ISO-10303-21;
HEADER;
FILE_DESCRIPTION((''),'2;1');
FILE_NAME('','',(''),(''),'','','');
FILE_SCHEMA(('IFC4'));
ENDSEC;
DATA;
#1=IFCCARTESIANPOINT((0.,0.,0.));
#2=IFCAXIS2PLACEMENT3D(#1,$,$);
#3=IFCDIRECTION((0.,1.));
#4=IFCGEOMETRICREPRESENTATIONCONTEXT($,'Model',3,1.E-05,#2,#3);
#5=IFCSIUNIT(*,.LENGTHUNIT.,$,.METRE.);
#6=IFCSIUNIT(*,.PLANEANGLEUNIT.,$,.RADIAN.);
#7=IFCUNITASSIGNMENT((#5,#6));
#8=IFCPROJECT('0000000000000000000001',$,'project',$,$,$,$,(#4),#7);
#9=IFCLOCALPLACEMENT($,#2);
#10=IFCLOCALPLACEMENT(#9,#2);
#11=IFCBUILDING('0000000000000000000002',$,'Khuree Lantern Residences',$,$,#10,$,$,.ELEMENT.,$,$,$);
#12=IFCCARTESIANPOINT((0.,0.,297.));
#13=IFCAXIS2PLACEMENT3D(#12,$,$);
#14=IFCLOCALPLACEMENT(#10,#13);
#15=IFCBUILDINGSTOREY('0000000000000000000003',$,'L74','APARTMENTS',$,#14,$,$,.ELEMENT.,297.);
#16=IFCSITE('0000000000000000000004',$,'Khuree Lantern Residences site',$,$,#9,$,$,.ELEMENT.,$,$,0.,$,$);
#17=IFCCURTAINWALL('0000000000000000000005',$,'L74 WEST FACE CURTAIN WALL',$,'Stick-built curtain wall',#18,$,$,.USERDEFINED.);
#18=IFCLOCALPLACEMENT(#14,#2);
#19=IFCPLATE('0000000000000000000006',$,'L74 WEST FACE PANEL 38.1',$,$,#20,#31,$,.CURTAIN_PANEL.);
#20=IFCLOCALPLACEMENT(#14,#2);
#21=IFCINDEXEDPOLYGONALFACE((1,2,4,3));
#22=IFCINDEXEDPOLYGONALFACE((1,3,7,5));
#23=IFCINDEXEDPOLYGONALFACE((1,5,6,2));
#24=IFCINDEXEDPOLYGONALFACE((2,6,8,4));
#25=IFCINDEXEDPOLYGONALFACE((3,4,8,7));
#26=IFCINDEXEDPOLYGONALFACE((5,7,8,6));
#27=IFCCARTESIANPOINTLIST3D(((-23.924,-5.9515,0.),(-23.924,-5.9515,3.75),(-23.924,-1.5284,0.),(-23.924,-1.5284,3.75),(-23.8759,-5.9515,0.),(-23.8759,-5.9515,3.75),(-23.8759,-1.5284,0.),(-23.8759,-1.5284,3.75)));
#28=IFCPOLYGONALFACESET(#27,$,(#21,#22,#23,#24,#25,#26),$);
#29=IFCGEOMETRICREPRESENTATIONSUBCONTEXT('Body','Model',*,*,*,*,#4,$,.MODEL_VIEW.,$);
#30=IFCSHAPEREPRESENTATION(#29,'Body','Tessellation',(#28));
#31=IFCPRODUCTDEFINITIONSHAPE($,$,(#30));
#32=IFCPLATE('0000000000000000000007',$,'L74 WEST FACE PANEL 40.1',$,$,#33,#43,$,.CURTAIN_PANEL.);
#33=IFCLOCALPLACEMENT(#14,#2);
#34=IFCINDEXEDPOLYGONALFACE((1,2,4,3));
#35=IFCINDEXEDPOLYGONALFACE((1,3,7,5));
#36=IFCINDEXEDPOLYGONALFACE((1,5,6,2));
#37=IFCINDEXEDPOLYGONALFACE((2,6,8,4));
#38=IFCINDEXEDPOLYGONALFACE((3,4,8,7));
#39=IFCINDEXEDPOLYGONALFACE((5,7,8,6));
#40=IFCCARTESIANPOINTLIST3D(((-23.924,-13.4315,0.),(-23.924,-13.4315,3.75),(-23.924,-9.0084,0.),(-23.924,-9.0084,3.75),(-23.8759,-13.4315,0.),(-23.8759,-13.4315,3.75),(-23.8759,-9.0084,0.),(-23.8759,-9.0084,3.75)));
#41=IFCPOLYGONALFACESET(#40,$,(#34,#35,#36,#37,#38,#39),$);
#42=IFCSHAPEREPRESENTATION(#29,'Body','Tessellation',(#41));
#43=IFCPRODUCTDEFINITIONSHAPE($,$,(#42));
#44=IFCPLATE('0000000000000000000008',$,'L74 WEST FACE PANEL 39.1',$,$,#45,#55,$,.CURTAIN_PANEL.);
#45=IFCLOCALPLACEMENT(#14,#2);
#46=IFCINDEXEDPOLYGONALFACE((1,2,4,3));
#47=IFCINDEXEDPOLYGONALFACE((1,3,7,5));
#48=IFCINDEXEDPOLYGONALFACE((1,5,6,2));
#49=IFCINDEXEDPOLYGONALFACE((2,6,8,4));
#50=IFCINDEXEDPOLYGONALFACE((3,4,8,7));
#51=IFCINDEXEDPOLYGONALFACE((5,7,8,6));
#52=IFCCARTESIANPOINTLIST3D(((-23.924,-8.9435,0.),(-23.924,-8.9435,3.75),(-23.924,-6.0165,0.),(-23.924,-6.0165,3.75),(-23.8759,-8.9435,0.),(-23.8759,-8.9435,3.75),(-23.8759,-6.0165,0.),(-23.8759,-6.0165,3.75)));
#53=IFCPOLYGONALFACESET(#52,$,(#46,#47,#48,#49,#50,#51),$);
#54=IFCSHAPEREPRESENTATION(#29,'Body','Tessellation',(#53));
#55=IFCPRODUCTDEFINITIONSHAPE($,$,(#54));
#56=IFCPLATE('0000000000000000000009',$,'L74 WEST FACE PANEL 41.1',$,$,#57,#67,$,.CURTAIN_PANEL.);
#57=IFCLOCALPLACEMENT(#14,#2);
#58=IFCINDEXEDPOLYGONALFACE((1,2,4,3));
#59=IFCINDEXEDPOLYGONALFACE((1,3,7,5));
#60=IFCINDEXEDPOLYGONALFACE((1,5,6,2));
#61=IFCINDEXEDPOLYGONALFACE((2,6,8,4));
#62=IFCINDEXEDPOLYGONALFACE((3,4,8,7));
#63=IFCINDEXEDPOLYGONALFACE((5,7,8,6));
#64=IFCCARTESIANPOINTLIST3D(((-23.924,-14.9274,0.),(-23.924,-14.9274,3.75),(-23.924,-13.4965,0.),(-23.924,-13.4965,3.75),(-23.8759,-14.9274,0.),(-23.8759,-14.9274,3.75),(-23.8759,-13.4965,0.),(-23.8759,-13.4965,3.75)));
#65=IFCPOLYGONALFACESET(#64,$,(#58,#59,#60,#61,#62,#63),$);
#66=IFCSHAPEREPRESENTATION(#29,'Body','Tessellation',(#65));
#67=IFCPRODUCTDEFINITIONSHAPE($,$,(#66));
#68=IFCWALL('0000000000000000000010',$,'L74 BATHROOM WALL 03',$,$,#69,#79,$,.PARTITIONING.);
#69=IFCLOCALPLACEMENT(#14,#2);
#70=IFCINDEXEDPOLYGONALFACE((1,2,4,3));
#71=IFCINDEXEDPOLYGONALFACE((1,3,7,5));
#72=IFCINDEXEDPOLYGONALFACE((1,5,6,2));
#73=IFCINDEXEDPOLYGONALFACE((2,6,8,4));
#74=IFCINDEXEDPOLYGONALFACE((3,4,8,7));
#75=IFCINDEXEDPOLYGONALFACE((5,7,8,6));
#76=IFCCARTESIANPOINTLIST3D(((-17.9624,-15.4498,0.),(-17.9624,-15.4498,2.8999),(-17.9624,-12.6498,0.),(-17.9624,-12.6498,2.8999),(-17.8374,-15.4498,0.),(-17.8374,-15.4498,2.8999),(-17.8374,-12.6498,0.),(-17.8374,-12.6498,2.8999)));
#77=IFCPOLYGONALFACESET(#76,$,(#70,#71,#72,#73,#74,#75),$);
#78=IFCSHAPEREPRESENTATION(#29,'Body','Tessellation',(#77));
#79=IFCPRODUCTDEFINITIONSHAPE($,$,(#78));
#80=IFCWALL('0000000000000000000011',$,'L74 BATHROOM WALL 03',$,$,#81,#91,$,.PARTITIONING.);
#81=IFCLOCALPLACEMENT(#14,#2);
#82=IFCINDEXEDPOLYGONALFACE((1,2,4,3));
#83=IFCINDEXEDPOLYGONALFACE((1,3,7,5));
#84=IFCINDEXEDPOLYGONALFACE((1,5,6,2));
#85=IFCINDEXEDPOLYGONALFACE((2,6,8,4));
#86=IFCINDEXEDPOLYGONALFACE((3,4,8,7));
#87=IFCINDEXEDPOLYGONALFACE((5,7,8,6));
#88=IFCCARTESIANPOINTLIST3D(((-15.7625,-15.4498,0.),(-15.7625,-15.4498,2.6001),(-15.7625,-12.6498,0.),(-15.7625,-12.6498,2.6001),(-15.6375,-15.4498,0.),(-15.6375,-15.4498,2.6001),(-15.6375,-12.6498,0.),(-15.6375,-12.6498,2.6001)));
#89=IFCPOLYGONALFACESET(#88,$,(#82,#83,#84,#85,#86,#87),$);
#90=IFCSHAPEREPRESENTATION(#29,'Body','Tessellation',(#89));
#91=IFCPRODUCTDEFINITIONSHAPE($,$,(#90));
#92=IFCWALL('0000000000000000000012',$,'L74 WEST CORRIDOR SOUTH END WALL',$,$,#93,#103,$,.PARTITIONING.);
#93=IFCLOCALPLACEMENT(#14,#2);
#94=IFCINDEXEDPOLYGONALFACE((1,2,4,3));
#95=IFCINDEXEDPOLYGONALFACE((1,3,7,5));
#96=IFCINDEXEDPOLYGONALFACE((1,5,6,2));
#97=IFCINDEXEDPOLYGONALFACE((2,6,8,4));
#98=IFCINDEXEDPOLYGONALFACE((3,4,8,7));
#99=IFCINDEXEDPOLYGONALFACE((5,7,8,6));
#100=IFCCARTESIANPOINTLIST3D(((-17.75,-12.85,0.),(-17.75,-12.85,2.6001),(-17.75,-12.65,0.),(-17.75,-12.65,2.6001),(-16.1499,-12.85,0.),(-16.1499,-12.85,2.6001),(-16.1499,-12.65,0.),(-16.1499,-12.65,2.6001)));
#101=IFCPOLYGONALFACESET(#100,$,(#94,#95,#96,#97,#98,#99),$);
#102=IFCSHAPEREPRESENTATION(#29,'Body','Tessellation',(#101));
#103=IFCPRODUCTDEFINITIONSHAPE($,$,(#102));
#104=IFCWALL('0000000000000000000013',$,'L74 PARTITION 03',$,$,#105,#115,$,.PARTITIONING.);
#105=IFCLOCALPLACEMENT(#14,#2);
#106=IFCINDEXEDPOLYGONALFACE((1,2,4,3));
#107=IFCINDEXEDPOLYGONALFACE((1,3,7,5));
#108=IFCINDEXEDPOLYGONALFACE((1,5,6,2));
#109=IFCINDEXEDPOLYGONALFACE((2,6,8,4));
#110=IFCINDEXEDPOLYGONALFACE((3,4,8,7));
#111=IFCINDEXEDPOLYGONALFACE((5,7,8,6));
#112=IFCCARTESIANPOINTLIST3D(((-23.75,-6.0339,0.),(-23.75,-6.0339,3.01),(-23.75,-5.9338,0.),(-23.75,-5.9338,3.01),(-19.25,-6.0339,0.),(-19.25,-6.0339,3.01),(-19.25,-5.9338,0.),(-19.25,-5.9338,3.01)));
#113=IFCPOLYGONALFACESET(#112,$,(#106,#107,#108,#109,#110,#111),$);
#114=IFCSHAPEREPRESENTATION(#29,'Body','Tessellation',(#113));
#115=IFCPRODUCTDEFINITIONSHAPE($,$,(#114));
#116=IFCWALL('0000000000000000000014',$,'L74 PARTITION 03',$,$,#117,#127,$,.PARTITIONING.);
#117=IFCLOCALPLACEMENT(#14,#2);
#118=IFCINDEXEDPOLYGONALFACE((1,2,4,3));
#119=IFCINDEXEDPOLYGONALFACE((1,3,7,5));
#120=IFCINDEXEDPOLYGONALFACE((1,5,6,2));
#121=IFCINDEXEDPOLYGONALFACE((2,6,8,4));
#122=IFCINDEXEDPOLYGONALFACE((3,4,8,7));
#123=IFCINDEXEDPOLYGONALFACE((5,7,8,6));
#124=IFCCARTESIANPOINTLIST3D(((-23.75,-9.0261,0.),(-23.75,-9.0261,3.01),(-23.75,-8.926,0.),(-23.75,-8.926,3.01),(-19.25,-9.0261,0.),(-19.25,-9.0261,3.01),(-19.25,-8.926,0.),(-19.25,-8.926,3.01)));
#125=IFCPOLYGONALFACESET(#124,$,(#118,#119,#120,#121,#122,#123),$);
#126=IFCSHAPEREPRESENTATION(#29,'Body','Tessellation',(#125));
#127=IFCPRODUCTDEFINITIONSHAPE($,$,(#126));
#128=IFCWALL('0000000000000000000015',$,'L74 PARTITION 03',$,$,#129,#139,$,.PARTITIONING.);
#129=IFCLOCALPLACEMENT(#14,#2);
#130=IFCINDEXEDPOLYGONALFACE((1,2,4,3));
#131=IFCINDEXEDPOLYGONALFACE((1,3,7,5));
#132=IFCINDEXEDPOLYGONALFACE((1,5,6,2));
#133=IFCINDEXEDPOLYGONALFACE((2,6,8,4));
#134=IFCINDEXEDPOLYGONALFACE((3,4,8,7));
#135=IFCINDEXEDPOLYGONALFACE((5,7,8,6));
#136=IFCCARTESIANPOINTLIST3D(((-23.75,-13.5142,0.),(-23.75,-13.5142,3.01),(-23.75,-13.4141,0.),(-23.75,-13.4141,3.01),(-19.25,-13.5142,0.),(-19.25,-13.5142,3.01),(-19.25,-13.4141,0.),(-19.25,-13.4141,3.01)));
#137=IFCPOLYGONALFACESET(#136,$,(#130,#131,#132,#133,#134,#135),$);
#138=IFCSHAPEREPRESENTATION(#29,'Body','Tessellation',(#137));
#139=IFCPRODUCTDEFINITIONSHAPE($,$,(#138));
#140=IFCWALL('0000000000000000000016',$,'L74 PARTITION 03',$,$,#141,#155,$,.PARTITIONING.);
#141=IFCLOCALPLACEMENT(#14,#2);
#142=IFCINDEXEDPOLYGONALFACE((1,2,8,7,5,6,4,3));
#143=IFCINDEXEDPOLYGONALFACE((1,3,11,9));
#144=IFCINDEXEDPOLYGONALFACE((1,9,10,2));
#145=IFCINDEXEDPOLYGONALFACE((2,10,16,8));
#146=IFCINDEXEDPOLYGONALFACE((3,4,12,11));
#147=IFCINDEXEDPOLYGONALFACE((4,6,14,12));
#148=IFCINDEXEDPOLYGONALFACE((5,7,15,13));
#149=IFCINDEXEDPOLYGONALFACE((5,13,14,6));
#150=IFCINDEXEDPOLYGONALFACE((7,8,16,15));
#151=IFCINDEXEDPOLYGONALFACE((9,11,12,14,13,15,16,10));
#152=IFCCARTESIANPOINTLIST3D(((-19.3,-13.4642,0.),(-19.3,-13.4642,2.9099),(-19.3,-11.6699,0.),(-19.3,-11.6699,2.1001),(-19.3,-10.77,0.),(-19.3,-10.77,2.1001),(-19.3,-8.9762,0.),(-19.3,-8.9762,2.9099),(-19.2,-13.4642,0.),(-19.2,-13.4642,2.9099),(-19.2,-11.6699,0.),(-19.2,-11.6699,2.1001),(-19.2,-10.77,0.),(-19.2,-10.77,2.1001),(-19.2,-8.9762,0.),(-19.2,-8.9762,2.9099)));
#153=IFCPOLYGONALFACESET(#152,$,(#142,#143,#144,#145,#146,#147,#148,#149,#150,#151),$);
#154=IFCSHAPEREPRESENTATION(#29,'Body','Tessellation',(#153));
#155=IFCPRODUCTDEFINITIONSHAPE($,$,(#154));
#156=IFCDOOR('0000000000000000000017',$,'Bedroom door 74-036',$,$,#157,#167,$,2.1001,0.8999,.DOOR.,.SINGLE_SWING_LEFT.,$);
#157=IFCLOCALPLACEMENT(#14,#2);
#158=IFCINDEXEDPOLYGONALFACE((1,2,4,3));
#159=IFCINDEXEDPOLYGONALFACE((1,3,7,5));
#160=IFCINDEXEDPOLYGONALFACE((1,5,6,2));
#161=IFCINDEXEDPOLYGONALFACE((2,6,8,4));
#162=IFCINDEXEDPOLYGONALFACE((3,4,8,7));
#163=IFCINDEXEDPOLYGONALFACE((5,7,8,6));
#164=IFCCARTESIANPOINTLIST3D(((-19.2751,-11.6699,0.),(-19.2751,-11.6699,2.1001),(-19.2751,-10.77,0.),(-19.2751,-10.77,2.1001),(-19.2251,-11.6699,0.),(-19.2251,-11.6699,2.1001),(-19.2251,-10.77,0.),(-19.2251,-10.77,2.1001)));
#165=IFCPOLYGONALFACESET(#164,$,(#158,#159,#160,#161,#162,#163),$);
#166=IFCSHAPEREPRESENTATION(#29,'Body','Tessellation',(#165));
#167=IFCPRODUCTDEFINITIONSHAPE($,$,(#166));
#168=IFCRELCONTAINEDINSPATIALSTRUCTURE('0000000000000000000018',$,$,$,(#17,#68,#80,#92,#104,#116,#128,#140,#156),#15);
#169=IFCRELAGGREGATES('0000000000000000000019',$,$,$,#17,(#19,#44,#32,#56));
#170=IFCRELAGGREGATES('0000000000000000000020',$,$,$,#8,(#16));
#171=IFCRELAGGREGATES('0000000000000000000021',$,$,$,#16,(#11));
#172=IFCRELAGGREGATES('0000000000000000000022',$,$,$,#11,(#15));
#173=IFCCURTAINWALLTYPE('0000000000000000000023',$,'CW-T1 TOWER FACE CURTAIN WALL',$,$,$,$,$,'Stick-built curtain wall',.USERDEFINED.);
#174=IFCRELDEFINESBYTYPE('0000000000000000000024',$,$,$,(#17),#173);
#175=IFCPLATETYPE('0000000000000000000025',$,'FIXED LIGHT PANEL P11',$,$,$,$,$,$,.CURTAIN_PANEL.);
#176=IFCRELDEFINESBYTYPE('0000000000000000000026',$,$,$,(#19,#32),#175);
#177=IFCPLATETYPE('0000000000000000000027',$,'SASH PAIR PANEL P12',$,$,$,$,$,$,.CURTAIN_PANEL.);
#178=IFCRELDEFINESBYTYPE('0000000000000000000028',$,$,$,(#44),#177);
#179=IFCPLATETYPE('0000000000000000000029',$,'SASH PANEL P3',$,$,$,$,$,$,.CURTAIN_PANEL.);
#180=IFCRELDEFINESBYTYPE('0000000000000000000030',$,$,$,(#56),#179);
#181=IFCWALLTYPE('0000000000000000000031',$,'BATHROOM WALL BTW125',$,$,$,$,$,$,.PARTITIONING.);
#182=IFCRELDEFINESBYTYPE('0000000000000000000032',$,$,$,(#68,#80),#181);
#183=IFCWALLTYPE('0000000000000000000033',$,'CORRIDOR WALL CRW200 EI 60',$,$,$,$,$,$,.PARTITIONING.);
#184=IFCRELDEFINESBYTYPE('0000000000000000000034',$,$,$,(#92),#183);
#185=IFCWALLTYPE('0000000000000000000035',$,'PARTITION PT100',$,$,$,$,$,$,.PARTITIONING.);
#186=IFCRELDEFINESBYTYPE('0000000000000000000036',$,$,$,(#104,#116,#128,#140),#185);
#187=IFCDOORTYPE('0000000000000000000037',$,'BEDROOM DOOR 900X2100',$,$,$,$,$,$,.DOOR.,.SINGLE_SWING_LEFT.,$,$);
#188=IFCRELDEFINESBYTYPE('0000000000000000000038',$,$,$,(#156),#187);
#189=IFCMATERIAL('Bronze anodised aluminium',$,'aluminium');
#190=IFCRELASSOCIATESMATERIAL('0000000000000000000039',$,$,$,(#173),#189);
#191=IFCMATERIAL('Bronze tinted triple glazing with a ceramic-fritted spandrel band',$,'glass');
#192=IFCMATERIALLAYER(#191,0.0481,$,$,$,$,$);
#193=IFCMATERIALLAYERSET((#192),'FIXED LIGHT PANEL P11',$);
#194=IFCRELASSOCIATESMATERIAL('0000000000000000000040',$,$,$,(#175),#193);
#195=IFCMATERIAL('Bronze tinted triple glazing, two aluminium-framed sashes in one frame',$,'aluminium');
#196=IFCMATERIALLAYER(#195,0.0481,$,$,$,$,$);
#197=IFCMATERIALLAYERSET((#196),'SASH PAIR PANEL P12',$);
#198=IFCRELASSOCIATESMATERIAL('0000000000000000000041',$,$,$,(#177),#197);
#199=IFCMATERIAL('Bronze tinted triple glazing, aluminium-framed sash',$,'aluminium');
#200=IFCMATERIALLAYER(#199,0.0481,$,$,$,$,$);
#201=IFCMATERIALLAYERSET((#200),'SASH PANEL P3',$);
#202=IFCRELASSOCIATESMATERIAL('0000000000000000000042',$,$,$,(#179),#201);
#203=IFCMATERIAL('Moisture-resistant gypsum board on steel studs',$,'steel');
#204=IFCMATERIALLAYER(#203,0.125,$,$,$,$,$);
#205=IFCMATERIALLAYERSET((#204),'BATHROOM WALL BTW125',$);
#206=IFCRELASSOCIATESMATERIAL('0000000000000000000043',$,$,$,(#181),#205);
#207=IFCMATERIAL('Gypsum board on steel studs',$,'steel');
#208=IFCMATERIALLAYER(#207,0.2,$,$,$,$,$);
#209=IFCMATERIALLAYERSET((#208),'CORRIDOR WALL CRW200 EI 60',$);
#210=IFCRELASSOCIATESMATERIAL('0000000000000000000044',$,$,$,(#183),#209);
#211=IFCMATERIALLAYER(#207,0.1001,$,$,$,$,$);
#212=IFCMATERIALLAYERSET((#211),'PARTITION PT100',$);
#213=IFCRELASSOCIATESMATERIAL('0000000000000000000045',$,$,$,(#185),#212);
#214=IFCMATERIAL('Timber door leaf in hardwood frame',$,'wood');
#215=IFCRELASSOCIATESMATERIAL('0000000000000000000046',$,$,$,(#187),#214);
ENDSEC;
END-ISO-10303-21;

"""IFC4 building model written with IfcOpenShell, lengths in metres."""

from ifc_helpers import new_model, si_unit, direction, frame, frame_2d, origin, origin_2d, place, context, subcontext, project, spatial, rectangle, extrude, material, layer, layer_set, type_object, element, fill, aggregate, save


model = new_model("IFC4")

# Units and contexts
model_context = context("Model", 3, precision=1e-05, world=origin(), true_north=direction((0.0, 1.0)))
body_context = subcontext(model_context, "Body", "Model", "MODEL_VIEW")
ifc_project = project(units=[si_unit("LENGTHUNIT", "METRE"), si_unit("PLANEANGLEUNIT", "RADIAN")], contexts=[model_context])

# Site, building, storey
site_placement = place(None, origin())
site = spatial("IfcSite", under=ifc_project, at=site_placement, Name="Khuree Lantern Residences site", CompositionType="ELEMENT", RefElevation=0.0)
building_placement = place(site_placement, origin())
building = spatial("IfcBuilding", under=site, at=building_placement, Name="Khuree Lantern Residences", CompositionType="ELEMENT")
storey_placement = place(building_placement, frame((0.0, 0.0, 297.0)))
storey = spatial("IfcBuildingStorey", under=building, at=storey_placement, Name="L74", Description="APARTMENTS", CompositionType="ELEMENT", Elevation=297.0)

# Curtain wall
ifc_material_1 = material(Name="Bronze anodised aluminium", Category="aluminium")
curtain_wall_type = type_object("IfcCurtainWallType", Name="CW-T1 TOWER FACE CURTAIN WALL", ElementType="Stick-built curtain wall", PredefinedType="USERDEFINED", material=ifc_material_1)
curtain_wall_placement = place(storey_placement, origin())
curtain_wall = element("IfcCurtainWall", 1, at=curtain_wall_placement, inside=storey, type_object=curtain_wall_type, Name="L74 WEST FACE CURTAIN WALL", ObjectType="Stick-built curtain wall", PredefinedType="USERDEFINED")

# Plates
ifc_material_2 = material(Name="Bronze tinted triple glazing with a ceramic-fritted spandrel band", Category="glass")
ifc_layer_1 = layer(ifc_material_2, 0.0481)
ifc_layer_set_1 = layer_set([ifc_layer_1], Name="FIXED LIGHT PANEL P11")
plate_type_1 = type_object("IfcPlateType", Name="FIXED LIGHT PANEL P11", PredefinedType="CURTAIN_PANEL", material=ifc_layer_set_1)
plate_1_placement = place(storey_placement, frame((-23.8999, -3.74, 0.0), z_axis=(0.0, 0.0, 1.0), x_axis=(0.0, -1.0, 0.0)))
plate_1 = element("IfcPlate", 2, at=plate_1_placement, type_object=plate_type_1, Name="L74 WEST FACE PANEL 38.1", PredefinedType="CURTAIN_PANEL", context=body_context, shape_type="SweptSolid", body=[
    extrude(rectangle(XDim=4.4231, YDim=0.0481, at=origin_2d()), origin(), (0.0, 0.0, 1.0), 3.75),
])
plate_2_placement = place(storey_placement, frame((-23.8999, -11.22, 0.0), z_axis=(0.0, 0.0, 1.0), x_axis=(0.0, -1.0, 0.0)))
plate_2 = element("IfcPlate", 3, at=plate_2_placement, type_object=plate_type_1, Name="L74 WEST FACE PANEL 40.1", PredefinedType="CURTAIN_PANEL", context=body_context, shape_type="SweptSolid", body=[
    extrude(rectangle(XDim=4.4231, YDim=0.0481, at=origin_2d()), origin(), (0.0, 0.0, 1.0), 3.75),
])
ifc_material_3 = material(Name="Bronze tinted triple glazing, two aluminium-framed sashes in one frame", Category="aluminium")
ifc_layer_2 = layer(ifc_material_3, 0.0481)
ifc_layer_set_2 = layer_set([ifc_layer_2], Name="SASH PAIR PANEL P12")
plate_type_2 = type_object("IfcPlateType", Name="SASH PAIR PANEL P12", PredefinedType="CURTAIN_PANEL", material=ifc_layer_set_2)
plate_3_placement = place(storey_placement, frame((-23.8999, -7.48, 0.0), z_axis=(0.0, 0.0, 1.0), x_axis=(0.0, -1.0, 0.0)))
plate_3 = element("IfcPlate", 4, at=plate_3_placement, type_object=plate_type_2, Name="L74 WEST FACE PANEL 39.1", PredefinedType="CURTAIN_PANEL", context=body_context, shape_type="SweptSolid", body=[
    extrude(rectangle(XDim=2.927, YDim=0.0481, at=origin_2d()), origin(), (0.0, 0.0, 1.0), 3.75),
])
ifc_material_4 = material(Name="Bronze tinted triple glazing, aluminium-framed sash", Category="aluminium")
ifc_layer_3 = layer(ifc_material_4, 0.0481)
ifc_layer_set_3 = layer_set([ifc_layer_3], Name="SASH PANEL P3")
plate_type_3 = type_object("IfcPlateType", Name="SASH PANEL P3", PredefinedType="CURTAIN_PANEL", material=ifc_layer_set_3)
plate_4_placement = place(storey_placement, frame((-23.8999, -14.2119, 0.0), z_axis=(0.0, 0.0, 1.0), x_axis=(0.0, -1.0, 0.0)))
plate_4 = element("IfcPlate", 5, at=plate_4_placement, type_object=plate_type_3, Name="L74 WEST FACE PANEL 41.1", PredefinedType="CURTAIN_PANEL", context=body_context, shape_type="SweptSolid", body=[
    extrude(rectangle(XDim=1.4309, YDim=0.0481, at=origin_2d()), origin(), (0.0, 0.0, 1.0), 3.75),
])
aggregate(curtain_wall, [plate_1, plate_3, plate_2, plate_4])

# Walls
ifc_material_5 = material(Name="Moisture-resistant gypsum board on steel studs", Category="steel")
ifc_layer_4 = layer(ifc_material_5, 0.125)
ifc_layer_set_4 = layer_set([ifc_layer_4], Name="BATHROOM WALL BTW125")
wall_type_1 = type_object("IfcWallType", Name="BATHROOM WALL BTW125", PredefinedType="PARTITIONING", material=ifc_layer_set_4)
wall_1_placement = place(storey_placement, frame((-17.8999, -12.6499, 0.0), z_axis=(0.0, 0.0, 1.0), x_axis=(0.0, -1.0, 0.0)))
element("IfcWall", 6, at=wall_1_placement, inside=storey, type_object=wall_type_1, Name="L74 BATHROOM WALL 03", PredefinedType="PARTITIONING", context=body_context, shape_type="SweptSolid", body=[
    extrude(rectangle(XDim=2.8, YDim=0.125, at=frame_2d((1.3999, 0.0))), origin(), (0.0, 0.0, 1.0), 2.8999),
])
wall_2_placement = place(storey_placement, frame((-15.7, -12.6499, 0.0), z_axis=(0.0, 0.0, 1.0), x_axis=(0.0, -1.0, 0.0)))
element("IfcWall", 7, at=wall_2_placement, inside=storey, type_object=wall_type_1, Name="L74 BATHROOM WALL 03", PredefinedType="PARTITIONING", context=body_context, shape_type="SweptSolid", body=[
    extrude(rectangle(XDim=2.8, YDim=0.125, at=frame_2d((1.3999, 0.0))), origin(), (0.0, 0.0, 1.0), 2.6001),
])
ifc_material_6 = material(Name="Gypsum board on steel studs", Category="steel")
ifc_layer_5 = layer(ifc_material_6, 0.2)
ifc_layer_set_5 = layer_set([ifc_layer_5], Name="CORRIDOR WALL CRW200 EI 60")
wall_type_2 = type_object("IfcWallType", Name="CORRIDOR WALL CRW200 EI 60", PredefinedType="PARTITIONING", material=ifc_layer_set_5)
wall_3_placement = place(storey_placement, frame((-16.1499, -12.75, 0.0), z_axis=(0.0, 0.0, 1.0), x_axis=(-1.0, 0.0, 0.0)))
element("IfcWall", 8, at=wall_3_placement, inside=storey, type_object=wall_type_2, Name="L74 WEST CORRIDOR SOUTH END WALL", PredefinedType="PARTITIONING", context=body_context, shape_type="SweptSolid", body=[
    extrude(rectangle(XDim=1.6001, YDim=0.2, at=frame_2d((0.8, 0.0))), origin(), (0.0, 0.0, 1.0), 2.6001),
])
ifc_layer_6 = layer(ifc_material_6, 0.1001)
ifc_layer_set_6 = layer_set([ifc_layer_6], Name="PARTITION PT100")
wall_type_3 = type_object("IfcWallType", Name="PARTITION PT100", PredefinedType="PARTITIONING", material=ifc_layer_set_6)
for number, where, z_axis, x_axis, name in (
    (9, (-19.25, -5.9839, 0.0), (0.0, 0.0, 1.0), (-1.0, 0.0, 0.0), "L74 PARTITION 03"),
    (10, (-19.25, -8.9761, 0.0), (0.0, 0.0, 1.0), (-1.0, 0.0, 0.0), "L74 PARTITION 03"),
    (11, (-19.25, -13.4641, 0.0), (0.0, 0.0, 1.0), (-1.0, 0.0, 0.0), "L74 PARTITION 03"),
):
    element("IfcWall", number, at=place(storey_placement, frame(where, z_axis=z_axis, x_axis=x_axis)), inside=storey, type_object=wall_type_3, Name=name, PredefinedType="PARTITIONING", context=body_context, shape_type="SweptSolid", body=[
        extrude(rectangle(XDim=4.5, YDim=0.1001, at=frame_2d((2.25, 0.0))), origin(), (0.0, 0.0, 1.0), 3.01),
    ])

# Wall, opening, door
wall_4_placement = place(storey_placement, frame((-19.25, -8.9761, 0.0), z_axis=(0.0, 0.0, 1.0), x_axis=(0.0, -1.0, 0.0)))
wall_4 = element("IfcWall", 12, at=wall_4_placement, inside=storey, type_object=wall_type_3, Name="L74 PARTITION 03", PredefinedType="PARTITIONING", context=body_context, shape_type="SweptSolid", body=[
    extrude(rectangle(XDim=4.488, YDim=0.1001, at=frame_2d((2.2441, 0.0))), origin(), (0.0, 0.0, 1.0), 2.9099),
])
opening_placement = place(wall_4_placement, frame((1.7939, 0.0, 0.0)))
opening = element("IfcOpeningElement", 13, at=opening_placement, cuts=wall_4, PredefinedType="OPENING", context=body_context, shape_type="SweptSolid", body=[
    extrude(rectangle(XDim=0.8999, YDim=2.1001, at=frame_2d((0.45, 1.05))), frame((0.0, 0.0601, 0.0), z_axis=(0.0, -1.0, 0.0), x_axis=(1.0, 0.0, 0.0)), (0.0, 0.0, 1.0), 0.1201),
])
ifc_material_7 = material(Name="Timber door leaf in hardwood frame", Category="wood")
door_type = type_object("IfcDoorType", Name="BEDROOM DOOR 900X2100", OperationType="SINGLE_SWING_LEFT", PredefinedType="DOOR", material=ifc_material_7)
door_placement = place(opening_placement, origin())
door = element("IfcDoor", 14, at=door_placement, inside=storey, type_object=door_type, Name="Bedroom door 74-036", OperationType="SINGLE_SWING_LEFT", OverallHeight=2.1001, OverallWidth=0.8999, PredefinedType="DOOR", context=body_context, shape_type="SweptSolid", body=[
    extrude(rectangle(XDim=0.8999, YDim=2.1001, at=frame_2d((0.45, 1.05))), frame((0.0, 0.0249, 0.0), z_axis=(0.0, -1.0, 0.0), x_axis=(1.0, 0.0, 0.0)), (0.0, 0.0, 1.0), 0.05),
])
fill(opening, door)

save(model, "model.ifc")
